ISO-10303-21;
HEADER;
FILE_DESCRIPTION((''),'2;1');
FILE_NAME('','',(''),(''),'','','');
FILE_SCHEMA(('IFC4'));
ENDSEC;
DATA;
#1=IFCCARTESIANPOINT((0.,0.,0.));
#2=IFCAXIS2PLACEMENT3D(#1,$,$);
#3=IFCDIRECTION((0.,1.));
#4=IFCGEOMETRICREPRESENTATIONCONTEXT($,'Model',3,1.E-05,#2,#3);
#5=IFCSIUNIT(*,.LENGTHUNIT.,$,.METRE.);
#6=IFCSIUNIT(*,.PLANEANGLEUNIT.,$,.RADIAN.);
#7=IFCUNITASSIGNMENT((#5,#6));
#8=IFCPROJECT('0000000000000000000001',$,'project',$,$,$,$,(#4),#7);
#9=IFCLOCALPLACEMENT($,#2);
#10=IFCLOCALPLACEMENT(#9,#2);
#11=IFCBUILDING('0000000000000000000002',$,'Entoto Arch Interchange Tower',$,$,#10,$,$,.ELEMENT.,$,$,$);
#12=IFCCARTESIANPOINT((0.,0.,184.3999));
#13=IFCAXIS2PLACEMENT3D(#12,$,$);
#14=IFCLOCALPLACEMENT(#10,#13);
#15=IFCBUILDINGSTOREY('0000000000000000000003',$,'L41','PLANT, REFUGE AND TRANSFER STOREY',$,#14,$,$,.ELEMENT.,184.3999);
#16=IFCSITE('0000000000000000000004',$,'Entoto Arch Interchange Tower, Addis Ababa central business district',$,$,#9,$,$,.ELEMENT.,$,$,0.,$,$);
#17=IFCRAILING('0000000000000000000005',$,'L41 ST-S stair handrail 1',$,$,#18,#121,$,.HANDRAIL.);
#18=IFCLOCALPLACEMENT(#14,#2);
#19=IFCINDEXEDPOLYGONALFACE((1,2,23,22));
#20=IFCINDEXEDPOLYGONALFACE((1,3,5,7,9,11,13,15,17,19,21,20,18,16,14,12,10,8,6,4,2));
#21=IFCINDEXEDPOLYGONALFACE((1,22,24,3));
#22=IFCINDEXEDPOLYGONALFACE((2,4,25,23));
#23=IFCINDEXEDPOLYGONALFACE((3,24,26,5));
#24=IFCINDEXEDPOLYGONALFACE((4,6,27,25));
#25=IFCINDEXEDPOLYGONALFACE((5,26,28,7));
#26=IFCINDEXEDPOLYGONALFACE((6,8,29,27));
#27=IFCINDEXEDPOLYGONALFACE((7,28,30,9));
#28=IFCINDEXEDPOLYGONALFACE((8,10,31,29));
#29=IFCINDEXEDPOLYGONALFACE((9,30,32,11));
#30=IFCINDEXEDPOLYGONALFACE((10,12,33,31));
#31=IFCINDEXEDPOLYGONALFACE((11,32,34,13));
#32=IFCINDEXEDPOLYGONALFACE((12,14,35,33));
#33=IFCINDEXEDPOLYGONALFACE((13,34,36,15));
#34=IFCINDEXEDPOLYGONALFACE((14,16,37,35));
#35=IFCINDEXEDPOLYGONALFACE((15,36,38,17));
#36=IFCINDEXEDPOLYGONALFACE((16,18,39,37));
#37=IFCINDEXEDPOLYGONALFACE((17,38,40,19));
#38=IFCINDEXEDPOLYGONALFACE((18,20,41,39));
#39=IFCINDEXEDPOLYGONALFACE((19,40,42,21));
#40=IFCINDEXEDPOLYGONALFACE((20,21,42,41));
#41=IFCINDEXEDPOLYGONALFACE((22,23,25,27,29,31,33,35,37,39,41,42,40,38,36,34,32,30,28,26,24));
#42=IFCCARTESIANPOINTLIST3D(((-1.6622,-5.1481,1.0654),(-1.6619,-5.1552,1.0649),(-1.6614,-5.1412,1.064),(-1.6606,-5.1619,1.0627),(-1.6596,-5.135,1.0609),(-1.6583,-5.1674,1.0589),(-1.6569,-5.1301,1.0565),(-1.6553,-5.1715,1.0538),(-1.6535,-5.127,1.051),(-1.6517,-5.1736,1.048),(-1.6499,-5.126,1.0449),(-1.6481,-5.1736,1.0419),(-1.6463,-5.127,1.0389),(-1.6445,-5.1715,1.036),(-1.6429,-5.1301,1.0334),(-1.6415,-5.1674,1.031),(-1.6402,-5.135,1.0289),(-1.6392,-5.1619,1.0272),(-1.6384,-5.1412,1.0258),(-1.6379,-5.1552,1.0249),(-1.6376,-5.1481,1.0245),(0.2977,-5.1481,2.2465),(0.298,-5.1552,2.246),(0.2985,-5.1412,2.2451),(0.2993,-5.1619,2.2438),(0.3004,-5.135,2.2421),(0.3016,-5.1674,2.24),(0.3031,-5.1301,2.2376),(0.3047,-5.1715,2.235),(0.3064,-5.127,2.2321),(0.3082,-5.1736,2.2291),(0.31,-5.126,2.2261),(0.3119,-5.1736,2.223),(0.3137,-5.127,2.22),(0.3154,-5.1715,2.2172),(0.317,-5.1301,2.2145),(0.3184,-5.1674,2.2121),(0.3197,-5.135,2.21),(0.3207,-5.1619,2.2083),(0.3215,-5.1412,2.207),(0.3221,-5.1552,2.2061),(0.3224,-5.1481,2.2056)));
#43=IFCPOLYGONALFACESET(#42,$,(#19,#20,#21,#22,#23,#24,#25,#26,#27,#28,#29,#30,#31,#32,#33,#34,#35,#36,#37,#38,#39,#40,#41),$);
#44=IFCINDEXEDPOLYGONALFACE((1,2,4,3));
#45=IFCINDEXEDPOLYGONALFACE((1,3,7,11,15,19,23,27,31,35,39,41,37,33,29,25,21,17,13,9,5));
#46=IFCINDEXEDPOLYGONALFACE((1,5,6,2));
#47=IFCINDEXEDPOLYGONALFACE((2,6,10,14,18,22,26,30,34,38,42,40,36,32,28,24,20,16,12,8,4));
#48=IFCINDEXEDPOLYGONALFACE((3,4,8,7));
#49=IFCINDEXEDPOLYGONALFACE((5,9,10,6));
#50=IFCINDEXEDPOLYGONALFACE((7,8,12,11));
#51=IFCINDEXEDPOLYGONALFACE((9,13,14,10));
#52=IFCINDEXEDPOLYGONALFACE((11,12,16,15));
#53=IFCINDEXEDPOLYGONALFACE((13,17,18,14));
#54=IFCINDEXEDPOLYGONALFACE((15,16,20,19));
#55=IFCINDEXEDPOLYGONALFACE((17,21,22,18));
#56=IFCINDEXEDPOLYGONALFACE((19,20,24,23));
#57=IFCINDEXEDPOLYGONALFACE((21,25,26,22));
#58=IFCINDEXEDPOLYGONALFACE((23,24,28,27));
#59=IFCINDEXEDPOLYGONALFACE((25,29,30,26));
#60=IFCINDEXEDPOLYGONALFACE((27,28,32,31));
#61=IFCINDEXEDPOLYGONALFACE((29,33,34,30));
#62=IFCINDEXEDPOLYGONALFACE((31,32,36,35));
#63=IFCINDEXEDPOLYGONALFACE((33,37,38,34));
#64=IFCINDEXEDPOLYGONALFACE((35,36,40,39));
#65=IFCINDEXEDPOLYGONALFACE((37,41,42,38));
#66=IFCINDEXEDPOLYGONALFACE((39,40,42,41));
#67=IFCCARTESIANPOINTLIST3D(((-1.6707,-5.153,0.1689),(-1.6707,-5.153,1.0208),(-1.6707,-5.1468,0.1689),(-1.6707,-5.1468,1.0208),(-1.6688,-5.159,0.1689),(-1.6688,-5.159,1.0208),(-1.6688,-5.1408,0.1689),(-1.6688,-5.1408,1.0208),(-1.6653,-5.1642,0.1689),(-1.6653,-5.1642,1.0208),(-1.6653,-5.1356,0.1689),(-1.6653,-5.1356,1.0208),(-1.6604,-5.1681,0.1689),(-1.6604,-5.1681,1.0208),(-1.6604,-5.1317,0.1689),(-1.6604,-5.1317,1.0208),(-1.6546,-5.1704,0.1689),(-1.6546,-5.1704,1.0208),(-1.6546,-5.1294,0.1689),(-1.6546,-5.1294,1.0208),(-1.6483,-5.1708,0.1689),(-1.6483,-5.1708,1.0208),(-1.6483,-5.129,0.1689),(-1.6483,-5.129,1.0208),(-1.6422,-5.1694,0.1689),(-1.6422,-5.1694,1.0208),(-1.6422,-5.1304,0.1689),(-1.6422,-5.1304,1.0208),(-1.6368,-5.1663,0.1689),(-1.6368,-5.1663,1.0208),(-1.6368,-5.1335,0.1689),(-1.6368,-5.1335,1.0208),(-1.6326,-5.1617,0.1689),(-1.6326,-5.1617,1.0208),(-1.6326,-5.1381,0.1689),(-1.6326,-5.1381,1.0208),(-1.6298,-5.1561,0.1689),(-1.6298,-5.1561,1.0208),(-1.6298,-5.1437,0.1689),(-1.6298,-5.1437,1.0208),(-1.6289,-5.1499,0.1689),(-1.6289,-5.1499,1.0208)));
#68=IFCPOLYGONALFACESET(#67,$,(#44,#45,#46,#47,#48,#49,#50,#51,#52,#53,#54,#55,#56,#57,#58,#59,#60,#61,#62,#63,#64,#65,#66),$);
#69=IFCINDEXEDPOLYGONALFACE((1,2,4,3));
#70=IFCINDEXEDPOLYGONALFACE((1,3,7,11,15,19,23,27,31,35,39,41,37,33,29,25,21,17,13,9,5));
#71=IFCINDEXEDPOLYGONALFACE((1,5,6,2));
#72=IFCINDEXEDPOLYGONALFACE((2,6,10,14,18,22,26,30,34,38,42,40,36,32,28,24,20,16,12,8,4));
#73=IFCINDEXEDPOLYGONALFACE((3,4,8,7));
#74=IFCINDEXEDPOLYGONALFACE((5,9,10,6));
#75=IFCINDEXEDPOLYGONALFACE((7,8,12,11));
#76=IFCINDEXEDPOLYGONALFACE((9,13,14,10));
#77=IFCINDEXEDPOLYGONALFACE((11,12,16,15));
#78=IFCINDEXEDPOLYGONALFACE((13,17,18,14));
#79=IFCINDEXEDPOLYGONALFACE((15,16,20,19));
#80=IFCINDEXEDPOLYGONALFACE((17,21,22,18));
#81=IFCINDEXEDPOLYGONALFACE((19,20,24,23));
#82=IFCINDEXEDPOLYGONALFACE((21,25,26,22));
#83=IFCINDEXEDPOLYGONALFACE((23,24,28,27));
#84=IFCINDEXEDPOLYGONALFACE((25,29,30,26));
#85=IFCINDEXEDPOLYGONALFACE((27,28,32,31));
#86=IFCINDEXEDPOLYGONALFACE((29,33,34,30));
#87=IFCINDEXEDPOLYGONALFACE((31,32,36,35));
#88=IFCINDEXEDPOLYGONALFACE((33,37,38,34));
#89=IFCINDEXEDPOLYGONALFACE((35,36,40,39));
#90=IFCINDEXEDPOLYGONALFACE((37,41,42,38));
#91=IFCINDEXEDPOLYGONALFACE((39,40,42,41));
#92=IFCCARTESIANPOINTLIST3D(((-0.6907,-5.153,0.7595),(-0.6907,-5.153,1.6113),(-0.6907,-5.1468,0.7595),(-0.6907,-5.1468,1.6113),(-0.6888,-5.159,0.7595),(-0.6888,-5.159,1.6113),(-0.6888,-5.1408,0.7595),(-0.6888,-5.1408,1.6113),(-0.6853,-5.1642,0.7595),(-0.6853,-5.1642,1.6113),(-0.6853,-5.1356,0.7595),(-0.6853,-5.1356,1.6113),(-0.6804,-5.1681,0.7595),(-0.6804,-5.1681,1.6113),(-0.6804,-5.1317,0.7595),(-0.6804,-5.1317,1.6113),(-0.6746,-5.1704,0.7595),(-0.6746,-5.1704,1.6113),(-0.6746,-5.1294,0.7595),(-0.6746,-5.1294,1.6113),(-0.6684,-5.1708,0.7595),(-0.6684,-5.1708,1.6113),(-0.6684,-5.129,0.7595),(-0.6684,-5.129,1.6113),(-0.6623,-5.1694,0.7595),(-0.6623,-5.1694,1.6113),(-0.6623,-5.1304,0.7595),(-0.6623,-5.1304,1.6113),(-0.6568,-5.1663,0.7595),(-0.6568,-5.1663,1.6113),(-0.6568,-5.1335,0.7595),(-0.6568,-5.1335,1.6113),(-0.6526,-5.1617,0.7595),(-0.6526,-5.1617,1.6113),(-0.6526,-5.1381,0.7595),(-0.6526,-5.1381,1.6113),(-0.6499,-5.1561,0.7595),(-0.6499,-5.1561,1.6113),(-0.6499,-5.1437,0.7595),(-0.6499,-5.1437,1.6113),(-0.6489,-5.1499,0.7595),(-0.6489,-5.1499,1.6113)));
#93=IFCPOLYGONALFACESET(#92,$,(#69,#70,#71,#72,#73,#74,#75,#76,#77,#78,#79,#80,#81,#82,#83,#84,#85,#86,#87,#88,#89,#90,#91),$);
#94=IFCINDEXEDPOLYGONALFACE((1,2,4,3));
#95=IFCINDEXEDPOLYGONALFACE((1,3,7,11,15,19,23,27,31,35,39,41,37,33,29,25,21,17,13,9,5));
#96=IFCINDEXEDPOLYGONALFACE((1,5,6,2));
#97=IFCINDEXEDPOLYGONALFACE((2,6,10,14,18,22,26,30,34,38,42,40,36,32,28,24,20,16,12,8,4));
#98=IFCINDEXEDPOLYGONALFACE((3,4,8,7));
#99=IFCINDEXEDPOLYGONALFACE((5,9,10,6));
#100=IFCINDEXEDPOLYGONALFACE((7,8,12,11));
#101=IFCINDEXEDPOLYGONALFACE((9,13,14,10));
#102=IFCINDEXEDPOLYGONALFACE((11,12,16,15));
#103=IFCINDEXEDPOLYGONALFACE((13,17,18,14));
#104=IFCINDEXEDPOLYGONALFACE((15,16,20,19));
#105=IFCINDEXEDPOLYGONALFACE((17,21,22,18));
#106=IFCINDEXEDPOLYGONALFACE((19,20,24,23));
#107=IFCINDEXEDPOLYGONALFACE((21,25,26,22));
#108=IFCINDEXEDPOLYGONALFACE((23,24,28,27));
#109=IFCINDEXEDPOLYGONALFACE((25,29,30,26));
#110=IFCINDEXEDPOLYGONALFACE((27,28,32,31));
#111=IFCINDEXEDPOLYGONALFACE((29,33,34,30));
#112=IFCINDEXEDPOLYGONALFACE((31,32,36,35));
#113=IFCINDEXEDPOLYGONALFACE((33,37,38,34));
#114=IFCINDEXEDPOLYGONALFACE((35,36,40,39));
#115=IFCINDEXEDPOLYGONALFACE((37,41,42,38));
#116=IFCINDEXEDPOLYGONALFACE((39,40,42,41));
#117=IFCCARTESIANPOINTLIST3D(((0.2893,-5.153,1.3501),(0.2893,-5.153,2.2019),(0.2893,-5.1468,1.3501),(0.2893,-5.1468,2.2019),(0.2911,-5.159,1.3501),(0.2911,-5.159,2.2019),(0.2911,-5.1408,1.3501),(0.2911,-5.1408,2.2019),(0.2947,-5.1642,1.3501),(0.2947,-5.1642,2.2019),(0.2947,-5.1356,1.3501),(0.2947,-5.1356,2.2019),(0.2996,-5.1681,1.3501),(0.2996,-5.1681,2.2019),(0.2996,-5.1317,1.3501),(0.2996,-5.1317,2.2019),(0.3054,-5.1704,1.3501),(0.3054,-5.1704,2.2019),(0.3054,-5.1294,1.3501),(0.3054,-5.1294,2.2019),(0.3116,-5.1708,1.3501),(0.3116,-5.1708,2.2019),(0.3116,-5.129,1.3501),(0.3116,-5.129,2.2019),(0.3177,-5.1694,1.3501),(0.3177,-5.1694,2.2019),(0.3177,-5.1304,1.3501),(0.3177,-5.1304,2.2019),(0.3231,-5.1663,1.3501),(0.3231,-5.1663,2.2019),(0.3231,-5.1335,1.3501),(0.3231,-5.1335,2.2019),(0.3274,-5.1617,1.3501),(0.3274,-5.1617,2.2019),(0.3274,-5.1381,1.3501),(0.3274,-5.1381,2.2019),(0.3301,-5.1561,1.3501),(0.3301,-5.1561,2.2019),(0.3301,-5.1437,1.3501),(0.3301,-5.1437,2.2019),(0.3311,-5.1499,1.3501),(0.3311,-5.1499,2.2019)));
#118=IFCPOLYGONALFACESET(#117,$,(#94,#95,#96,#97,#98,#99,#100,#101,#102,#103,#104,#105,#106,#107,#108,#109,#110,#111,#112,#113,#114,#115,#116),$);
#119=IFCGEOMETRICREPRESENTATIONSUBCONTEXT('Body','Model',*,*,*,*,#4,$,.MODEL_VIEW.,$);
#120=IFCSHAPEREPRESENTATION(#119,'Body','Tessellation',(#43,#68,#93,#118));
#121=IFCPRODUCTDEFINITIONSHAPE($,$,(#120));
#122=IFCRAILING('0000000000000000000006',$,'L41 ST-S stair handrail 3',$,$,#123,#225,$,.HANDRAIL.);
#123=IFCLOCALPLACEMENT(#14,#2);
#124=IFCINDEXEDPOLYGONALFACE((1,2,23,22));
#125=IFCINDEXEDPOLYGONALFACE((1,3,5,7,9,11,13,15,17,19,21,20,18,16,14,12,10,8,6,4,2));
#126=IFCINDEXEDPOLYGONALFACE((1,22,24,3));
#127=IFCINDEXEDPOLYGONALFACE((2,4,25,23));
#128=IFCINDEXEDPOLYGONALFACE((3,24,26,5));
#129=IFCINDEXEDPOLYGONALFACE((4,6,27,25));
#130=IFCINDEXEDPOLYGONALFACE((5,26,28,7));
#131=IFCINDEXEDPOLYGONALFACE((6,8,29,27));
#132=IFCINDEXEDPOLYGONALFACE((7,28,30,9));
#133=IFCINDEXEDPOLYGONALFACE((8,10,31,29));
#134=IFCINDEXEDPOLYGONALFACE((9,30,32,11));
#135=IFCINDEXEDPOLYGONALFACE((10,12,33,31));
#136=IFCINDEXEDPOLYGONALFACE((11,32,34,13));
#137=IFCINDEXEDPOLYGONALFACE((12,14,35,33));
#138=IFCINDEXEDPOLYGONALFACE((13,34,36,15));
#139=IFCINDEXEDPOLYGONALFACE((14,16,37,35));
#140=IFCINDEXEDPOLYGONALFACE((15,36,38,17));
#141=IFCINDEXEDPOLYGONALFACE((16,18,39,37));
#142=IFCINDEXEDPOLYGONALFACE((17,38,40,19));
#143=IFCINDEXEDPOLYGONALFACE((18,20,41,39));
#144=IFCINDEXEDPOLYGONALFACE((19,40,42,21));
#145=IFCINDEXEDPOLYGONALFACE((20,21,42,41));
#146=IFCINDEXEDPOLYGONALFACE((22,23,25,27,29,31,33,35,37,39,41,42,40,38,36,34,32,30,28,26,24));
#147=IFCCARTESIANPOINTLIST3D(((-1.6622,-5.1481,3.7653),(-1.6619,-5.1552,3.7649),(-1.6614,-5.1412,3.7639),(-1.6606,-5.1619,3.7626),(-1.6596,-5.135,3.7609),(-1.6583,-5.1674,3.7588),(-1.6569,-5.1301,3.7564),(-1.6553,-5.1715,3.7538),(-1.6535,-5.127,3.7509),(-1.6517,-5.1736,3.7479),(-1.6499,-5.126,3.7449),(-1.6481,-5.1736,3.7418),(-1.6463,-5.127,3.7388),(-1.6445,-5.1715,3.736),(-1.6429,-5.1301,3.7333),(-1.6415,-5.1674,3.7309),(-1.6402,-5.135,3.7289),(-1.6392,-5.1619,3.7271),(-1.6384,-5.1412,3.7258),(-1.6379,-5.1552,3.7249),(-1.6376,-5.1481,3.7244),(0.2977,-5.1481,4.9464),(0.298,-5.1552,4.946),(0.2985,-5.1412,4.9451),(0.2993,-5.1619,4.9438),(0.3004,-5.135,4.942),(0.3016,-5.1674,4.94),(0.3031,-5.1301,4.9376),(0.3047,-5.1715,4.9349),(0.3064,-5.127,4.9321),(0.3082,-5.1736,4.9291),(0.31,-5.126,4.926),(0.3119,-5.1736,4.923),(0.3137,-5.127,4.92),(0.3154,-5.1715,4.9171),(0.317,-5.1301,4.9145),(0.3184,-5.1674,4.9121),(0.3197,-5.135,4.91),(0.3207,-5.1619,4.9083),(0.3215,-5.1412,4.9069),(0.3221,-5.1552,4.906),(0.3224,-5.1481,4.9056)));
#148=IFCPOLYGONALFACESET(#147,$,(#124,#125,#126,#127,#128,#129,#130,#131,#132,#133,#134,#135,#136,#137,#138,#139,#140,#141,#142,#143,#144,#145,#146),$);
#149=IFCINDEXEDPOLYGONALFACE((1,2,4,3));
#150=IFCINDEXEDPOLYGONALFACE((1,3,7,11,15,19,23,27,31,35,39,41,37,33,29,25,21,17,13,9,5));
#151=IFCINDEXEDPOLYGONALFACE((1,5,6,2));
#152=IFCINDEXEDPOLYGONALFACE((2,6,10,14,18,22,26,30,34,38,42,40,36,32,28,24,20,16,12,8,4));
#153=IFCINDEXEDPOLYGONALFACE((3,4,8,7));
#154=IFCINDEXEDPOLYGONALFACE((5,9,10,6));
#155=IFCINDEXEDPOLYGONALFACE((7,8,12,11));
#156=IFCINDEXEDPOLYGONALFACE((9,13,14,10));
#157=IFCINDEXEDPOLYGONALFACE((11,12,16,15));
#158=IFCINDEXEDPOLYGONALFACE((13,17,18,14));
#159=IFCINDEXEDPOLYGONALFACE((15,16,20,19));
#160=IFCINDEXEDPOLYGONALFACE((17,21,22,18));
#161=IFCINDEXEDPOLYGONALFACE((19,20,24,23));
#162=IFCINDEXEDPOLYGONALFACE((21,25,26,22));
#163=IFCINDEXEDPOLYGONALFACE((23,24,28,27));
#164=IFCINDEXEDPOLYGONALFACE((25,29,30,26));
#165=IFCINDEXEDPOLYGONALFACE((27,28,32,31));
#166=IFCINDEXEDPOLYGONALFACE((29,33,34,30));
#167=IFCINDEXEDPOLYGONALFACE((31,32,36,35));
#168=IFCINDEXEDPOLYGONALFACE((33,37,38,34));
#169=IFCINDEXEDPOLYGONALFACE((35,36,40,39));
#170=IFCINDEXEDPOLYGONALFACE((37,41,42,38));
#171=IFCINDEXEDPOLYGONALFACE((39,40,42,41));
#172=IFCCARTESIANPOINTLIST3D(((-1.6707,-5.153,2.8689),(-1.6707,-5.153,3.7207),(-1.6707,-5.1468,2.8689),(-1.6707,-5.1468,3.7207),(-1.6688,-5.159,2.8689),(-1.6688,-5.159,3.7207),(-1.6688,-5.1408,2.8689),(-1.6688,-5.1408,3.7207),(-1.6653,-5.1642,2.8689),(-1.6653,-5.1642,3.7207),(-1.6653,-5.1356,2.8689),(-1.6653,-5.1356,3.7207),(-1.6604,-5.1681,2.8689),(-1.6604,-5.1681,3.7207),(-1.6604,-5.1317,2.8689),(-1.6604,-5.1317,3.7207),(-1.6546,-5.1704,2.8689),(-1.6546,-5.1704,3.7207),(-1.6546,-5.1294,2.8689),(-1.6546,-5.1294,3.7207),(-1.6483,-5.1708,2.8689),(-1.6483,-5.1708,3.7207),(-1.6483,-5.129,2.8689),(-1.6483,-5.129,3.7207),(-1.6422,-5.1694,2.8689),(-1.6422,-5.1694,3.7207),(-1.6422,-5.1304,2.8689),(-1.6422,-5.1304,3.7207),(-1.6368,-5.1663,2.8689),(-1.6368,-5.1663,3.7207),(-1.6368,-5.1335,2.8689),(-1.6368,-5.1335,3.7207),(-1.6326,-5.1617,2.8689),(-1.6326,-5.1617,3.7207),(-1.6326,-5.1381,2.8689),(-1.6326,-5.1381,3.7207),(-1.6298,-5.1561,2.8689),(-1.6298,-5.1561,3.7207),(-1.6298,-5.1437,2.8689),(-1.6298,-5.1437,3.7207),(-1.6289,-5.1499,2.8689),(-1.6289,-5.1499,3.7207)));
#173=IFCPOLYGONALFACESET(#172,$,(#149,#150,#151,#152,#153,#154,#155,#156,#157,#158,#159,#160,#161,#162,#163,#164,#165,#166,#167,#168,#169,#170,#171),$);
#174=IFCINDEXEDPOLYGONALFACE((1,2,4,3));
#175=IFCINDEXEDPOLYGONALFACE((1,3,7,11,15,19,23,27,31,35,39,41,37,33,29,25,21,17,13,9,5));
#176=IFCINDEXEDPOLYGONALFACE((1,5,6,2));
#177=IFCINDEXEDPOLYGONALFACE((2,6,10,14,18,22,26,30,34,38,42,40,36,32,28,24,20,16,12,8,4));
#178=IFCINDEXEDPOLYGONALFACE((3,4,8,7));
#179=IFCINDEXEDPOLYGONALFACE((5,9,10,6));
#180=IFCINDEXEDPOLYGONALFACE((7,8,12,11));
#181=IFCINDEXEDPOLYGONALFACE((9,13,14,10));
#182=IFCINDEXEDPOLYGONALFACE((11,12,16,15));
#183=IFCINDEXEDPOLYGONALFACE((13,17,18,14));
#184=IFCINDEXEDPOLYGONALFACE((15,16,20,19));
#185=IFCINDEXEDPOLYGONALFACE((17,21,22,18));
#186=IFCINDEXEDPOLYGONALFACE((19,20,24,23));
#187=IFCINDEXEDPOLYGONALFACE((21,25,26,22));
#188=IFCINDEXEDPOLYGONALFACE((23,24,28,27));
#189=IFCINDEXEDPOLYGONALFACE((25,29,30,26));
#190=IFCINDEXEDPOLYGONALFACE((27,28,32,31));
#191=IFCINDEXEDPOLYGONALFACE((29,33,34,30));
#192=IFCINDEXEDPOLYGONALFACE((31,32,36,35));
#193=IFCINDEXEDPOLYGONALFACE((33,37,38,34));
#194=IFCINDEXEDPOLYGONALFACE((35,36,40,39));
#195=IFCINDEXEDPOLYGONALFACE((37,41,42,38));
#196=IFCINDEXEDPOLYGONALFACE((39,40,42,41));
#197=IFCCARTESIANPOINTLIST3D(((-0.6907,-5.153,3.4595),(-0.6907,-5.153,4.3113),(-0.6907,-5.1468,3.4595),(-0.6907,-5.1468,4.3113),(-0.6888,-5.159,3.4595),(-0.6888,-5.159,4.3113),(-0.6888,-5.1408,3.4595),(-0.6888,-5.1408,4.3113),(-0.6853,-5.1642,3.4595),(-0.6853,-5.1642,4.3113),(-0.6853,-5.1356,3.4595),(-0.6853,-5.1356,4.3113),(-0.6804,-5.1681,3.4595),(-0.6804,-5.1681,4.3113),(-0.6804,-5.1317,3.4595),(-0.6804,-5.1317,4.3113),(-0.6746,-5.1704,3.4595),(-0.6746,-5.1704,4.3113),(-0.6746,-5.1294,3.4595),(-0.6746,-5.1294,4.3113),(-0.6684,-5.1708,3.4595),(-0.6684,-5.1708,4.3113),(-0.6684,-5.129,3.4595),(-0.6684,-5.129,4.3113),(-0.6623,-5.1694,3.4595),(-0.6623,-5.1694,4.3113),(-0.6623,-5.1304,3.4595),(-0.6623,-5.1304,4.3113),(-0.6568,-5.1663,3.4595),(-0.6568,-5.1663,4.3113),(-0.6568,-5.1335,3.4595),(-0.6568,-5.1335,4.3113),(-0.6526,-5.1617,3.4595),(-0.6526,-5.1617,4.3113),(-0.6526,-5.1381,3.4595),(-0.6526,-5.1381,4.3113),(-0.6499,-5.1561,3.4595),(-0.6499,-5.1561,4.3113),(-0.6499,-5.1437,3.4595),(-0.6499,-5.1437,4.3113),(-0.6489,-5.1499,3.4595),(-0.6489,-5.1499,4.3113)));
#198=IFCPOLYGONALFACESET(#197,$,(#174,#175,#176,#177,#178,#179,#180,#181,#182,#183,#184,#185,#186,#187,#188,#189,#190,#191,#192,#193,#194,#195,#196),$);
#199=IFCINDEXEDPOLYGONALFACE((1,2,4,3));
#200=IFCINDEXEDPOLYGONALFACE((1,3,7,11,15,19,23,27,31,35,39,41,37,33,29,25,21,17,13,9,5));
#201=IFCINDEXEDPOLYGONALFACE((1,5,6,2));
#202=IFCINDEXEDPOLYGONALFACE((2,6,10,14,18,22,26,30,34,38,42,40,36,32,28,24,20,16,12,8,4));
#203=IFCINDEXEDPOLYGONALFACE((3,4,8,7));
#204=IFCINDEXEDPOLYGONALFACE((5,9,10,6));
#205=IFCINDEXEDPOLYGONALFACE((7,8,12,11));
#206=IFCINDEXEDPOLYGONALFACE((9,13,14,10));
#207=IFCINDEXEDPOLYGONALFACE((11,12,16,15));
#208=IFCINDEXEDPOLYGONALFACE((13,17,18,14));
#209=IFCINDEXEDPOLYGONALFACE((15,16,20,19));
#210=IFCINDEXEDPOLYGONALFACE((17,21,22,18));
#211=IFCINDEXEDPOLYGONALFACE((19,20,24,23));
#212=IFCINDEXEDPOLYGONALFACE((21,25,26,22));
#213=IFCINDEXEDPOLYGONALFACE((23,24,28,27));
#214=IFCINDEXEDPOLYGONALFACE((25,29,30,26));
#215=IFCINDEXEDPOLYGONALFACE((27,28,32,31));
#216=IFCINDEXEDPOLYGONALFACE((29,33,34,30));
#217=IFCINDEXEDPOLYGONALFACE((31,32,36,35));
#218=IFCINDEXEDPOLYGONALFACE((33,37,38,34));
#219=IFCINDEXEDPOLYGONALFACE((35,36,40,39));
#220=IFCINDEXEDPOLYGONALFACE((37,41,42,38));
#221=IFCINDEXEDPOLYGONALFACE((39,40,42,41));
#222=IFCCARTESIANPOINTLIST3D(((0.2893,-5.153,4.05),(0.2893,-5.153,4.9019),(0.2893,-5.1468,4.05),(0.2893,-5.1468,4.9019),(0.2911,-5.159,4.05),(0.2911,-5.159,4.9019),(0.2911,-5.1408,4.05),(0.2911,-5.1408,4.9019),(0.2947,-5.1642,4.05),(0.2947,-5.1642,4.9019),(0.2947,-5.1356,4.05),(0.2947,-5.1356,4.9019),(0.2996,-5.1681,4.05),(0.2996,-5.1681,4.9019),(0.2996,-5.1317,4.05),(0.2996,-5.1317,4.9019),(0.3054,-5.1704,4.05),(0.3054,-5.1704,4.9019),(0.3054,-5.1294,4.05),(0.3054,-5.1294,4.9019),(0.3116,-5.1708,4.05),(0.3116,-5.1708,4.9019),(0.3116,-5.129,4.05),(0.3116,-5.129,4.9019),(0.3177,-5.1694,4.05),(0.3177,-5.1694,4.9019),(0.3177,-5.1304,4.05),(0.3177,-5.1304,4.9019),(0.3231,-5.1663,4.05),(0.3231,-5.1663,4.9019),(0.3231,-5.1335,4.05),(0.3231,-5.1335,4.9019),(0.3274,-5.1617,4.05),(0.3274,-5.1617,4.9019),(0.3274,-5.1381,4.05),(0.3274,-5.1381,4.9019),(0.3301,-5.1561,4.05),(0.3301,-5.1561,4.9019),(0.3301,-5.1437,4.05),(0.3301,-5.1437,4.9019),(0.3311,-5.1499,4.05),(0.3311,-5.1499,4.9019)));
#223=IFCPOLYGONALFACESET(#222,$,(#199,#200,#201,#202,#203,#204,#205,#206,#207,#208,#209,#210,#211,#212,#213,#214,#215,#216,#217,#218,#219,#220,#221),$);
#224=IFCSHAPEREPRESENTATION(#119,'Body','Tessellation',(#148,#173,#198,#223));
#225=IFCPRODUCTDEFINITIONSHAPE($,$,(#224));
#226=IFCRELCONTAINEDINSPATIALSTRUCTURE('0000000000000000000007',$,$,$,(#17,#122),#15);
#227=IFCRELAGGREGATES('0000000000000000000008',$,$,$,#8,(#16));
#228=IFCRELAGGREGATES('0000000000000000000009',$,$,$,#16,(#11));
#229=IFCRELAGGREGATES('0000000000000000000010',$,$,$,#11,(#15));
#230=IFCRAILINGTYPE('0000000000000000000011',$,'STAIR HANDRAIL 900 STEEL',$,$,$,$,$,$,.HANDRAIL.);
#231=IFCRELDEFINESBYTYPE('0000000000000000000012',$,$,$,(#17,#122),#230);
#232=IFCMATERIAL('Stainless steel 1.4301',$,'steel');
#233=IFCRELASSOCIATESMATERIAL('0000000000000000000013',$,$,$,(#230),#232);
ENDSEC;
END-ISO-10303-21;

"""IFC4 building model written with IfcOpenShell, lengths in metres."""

from ifc_helpers import new_model, si_unit, direction, frame, origin, origin_2d, place, context, subcontext, project, spatial, circle, extrude, material, type_object, element, save


model = new_model("IFC4")

# Units and contexts
model_context = context("Model", 3, precision=1e-05, world=origin(), true_north=direction((0.0, 1.0)))
body_context = subcontext(model_context, "Body", "Model", "MODEL_VIEW")
ifc_project = project(units=[si_unit("LENGTHUNIT", "METRE"), si_unit("PLANEANGLEUNIT", "RADIAN")], contexts=[model_context])

# Site, building, storey
site_placement = place(None, origin())
site = spatial("IfcSite", under=ifc_project, at=site_placement, Name="Entoto Arch Interchange Tower, Addis Ababa central business district", CompositionType="ELEMENT", RefElevation=0.0)
building_placement = place(site_placement, origin())
building = spatial("IfcBuilding", under=site, at=building_placement, Name="Entoto Arch Interchange Tower", CompositionType="ELEMENT")
storey_placement = place(building_placement, frame((0.0, 0.0, 184.3999)))
storey = spatial("IfcBuildingStorey", under=building, at=storey_placement, Name="L41", Description="PLANT, REFUGE AND TRANSFER STOREY", CompositionType="ELEMENT", Elevation=184.3999)

# Railings
ifc_material_1 = material(Name="Stainless steel 1.4301", Category="steel")
railing_type = type_object("IfcRailingType", Name="STAIR HANDRAIL 900 STEEL", PredefinedType="HANDRAIL", material=ifc_material_1)
for number, where, name in (
    (1, (-1.6499, -5.1499, 0.1689), "L41 ST-S stair handrail 1"),
    (2, (-1.6499, -5.1499, 2.8689), "L41 ST-S stair handrail 3"),
):
    element("IfcRailing", number, at=place(storey_placement, frame(where)), inside=storey, type_object=railing_type, Name=name, PredefinedType="HANDRAIL", context=body_context, shape_type="SweptSolid", body=[
        extrude(circle(Radius=0.0239, at=origin_2d()), frame((0.0, 0.0, 0.876), z_axis=(0.856493, 0.0, 0.516158), x_axis=(0.0, 1.0, 0.0)), (0.0, 0.0, 1.0), 2.2883),
        extrude(circle(Radius=0.021, at=origin_2d()), origin(), (0.0, 0.0, 1.0), 0.8518),
        extrude(circle(Radius=0.021, at=origin_2d()), frame((0.98, 0.0, 0.5906)), (0.0, 0.0, 1.0), 0.8518),
        extrude(circle(Radius=0.021, at=origin_2d()), frame((1.96, 0.0, 1.1812)), (0.0, 0.0, 1.0), 0.8518),
    ])

save(model, "model.ifc")
